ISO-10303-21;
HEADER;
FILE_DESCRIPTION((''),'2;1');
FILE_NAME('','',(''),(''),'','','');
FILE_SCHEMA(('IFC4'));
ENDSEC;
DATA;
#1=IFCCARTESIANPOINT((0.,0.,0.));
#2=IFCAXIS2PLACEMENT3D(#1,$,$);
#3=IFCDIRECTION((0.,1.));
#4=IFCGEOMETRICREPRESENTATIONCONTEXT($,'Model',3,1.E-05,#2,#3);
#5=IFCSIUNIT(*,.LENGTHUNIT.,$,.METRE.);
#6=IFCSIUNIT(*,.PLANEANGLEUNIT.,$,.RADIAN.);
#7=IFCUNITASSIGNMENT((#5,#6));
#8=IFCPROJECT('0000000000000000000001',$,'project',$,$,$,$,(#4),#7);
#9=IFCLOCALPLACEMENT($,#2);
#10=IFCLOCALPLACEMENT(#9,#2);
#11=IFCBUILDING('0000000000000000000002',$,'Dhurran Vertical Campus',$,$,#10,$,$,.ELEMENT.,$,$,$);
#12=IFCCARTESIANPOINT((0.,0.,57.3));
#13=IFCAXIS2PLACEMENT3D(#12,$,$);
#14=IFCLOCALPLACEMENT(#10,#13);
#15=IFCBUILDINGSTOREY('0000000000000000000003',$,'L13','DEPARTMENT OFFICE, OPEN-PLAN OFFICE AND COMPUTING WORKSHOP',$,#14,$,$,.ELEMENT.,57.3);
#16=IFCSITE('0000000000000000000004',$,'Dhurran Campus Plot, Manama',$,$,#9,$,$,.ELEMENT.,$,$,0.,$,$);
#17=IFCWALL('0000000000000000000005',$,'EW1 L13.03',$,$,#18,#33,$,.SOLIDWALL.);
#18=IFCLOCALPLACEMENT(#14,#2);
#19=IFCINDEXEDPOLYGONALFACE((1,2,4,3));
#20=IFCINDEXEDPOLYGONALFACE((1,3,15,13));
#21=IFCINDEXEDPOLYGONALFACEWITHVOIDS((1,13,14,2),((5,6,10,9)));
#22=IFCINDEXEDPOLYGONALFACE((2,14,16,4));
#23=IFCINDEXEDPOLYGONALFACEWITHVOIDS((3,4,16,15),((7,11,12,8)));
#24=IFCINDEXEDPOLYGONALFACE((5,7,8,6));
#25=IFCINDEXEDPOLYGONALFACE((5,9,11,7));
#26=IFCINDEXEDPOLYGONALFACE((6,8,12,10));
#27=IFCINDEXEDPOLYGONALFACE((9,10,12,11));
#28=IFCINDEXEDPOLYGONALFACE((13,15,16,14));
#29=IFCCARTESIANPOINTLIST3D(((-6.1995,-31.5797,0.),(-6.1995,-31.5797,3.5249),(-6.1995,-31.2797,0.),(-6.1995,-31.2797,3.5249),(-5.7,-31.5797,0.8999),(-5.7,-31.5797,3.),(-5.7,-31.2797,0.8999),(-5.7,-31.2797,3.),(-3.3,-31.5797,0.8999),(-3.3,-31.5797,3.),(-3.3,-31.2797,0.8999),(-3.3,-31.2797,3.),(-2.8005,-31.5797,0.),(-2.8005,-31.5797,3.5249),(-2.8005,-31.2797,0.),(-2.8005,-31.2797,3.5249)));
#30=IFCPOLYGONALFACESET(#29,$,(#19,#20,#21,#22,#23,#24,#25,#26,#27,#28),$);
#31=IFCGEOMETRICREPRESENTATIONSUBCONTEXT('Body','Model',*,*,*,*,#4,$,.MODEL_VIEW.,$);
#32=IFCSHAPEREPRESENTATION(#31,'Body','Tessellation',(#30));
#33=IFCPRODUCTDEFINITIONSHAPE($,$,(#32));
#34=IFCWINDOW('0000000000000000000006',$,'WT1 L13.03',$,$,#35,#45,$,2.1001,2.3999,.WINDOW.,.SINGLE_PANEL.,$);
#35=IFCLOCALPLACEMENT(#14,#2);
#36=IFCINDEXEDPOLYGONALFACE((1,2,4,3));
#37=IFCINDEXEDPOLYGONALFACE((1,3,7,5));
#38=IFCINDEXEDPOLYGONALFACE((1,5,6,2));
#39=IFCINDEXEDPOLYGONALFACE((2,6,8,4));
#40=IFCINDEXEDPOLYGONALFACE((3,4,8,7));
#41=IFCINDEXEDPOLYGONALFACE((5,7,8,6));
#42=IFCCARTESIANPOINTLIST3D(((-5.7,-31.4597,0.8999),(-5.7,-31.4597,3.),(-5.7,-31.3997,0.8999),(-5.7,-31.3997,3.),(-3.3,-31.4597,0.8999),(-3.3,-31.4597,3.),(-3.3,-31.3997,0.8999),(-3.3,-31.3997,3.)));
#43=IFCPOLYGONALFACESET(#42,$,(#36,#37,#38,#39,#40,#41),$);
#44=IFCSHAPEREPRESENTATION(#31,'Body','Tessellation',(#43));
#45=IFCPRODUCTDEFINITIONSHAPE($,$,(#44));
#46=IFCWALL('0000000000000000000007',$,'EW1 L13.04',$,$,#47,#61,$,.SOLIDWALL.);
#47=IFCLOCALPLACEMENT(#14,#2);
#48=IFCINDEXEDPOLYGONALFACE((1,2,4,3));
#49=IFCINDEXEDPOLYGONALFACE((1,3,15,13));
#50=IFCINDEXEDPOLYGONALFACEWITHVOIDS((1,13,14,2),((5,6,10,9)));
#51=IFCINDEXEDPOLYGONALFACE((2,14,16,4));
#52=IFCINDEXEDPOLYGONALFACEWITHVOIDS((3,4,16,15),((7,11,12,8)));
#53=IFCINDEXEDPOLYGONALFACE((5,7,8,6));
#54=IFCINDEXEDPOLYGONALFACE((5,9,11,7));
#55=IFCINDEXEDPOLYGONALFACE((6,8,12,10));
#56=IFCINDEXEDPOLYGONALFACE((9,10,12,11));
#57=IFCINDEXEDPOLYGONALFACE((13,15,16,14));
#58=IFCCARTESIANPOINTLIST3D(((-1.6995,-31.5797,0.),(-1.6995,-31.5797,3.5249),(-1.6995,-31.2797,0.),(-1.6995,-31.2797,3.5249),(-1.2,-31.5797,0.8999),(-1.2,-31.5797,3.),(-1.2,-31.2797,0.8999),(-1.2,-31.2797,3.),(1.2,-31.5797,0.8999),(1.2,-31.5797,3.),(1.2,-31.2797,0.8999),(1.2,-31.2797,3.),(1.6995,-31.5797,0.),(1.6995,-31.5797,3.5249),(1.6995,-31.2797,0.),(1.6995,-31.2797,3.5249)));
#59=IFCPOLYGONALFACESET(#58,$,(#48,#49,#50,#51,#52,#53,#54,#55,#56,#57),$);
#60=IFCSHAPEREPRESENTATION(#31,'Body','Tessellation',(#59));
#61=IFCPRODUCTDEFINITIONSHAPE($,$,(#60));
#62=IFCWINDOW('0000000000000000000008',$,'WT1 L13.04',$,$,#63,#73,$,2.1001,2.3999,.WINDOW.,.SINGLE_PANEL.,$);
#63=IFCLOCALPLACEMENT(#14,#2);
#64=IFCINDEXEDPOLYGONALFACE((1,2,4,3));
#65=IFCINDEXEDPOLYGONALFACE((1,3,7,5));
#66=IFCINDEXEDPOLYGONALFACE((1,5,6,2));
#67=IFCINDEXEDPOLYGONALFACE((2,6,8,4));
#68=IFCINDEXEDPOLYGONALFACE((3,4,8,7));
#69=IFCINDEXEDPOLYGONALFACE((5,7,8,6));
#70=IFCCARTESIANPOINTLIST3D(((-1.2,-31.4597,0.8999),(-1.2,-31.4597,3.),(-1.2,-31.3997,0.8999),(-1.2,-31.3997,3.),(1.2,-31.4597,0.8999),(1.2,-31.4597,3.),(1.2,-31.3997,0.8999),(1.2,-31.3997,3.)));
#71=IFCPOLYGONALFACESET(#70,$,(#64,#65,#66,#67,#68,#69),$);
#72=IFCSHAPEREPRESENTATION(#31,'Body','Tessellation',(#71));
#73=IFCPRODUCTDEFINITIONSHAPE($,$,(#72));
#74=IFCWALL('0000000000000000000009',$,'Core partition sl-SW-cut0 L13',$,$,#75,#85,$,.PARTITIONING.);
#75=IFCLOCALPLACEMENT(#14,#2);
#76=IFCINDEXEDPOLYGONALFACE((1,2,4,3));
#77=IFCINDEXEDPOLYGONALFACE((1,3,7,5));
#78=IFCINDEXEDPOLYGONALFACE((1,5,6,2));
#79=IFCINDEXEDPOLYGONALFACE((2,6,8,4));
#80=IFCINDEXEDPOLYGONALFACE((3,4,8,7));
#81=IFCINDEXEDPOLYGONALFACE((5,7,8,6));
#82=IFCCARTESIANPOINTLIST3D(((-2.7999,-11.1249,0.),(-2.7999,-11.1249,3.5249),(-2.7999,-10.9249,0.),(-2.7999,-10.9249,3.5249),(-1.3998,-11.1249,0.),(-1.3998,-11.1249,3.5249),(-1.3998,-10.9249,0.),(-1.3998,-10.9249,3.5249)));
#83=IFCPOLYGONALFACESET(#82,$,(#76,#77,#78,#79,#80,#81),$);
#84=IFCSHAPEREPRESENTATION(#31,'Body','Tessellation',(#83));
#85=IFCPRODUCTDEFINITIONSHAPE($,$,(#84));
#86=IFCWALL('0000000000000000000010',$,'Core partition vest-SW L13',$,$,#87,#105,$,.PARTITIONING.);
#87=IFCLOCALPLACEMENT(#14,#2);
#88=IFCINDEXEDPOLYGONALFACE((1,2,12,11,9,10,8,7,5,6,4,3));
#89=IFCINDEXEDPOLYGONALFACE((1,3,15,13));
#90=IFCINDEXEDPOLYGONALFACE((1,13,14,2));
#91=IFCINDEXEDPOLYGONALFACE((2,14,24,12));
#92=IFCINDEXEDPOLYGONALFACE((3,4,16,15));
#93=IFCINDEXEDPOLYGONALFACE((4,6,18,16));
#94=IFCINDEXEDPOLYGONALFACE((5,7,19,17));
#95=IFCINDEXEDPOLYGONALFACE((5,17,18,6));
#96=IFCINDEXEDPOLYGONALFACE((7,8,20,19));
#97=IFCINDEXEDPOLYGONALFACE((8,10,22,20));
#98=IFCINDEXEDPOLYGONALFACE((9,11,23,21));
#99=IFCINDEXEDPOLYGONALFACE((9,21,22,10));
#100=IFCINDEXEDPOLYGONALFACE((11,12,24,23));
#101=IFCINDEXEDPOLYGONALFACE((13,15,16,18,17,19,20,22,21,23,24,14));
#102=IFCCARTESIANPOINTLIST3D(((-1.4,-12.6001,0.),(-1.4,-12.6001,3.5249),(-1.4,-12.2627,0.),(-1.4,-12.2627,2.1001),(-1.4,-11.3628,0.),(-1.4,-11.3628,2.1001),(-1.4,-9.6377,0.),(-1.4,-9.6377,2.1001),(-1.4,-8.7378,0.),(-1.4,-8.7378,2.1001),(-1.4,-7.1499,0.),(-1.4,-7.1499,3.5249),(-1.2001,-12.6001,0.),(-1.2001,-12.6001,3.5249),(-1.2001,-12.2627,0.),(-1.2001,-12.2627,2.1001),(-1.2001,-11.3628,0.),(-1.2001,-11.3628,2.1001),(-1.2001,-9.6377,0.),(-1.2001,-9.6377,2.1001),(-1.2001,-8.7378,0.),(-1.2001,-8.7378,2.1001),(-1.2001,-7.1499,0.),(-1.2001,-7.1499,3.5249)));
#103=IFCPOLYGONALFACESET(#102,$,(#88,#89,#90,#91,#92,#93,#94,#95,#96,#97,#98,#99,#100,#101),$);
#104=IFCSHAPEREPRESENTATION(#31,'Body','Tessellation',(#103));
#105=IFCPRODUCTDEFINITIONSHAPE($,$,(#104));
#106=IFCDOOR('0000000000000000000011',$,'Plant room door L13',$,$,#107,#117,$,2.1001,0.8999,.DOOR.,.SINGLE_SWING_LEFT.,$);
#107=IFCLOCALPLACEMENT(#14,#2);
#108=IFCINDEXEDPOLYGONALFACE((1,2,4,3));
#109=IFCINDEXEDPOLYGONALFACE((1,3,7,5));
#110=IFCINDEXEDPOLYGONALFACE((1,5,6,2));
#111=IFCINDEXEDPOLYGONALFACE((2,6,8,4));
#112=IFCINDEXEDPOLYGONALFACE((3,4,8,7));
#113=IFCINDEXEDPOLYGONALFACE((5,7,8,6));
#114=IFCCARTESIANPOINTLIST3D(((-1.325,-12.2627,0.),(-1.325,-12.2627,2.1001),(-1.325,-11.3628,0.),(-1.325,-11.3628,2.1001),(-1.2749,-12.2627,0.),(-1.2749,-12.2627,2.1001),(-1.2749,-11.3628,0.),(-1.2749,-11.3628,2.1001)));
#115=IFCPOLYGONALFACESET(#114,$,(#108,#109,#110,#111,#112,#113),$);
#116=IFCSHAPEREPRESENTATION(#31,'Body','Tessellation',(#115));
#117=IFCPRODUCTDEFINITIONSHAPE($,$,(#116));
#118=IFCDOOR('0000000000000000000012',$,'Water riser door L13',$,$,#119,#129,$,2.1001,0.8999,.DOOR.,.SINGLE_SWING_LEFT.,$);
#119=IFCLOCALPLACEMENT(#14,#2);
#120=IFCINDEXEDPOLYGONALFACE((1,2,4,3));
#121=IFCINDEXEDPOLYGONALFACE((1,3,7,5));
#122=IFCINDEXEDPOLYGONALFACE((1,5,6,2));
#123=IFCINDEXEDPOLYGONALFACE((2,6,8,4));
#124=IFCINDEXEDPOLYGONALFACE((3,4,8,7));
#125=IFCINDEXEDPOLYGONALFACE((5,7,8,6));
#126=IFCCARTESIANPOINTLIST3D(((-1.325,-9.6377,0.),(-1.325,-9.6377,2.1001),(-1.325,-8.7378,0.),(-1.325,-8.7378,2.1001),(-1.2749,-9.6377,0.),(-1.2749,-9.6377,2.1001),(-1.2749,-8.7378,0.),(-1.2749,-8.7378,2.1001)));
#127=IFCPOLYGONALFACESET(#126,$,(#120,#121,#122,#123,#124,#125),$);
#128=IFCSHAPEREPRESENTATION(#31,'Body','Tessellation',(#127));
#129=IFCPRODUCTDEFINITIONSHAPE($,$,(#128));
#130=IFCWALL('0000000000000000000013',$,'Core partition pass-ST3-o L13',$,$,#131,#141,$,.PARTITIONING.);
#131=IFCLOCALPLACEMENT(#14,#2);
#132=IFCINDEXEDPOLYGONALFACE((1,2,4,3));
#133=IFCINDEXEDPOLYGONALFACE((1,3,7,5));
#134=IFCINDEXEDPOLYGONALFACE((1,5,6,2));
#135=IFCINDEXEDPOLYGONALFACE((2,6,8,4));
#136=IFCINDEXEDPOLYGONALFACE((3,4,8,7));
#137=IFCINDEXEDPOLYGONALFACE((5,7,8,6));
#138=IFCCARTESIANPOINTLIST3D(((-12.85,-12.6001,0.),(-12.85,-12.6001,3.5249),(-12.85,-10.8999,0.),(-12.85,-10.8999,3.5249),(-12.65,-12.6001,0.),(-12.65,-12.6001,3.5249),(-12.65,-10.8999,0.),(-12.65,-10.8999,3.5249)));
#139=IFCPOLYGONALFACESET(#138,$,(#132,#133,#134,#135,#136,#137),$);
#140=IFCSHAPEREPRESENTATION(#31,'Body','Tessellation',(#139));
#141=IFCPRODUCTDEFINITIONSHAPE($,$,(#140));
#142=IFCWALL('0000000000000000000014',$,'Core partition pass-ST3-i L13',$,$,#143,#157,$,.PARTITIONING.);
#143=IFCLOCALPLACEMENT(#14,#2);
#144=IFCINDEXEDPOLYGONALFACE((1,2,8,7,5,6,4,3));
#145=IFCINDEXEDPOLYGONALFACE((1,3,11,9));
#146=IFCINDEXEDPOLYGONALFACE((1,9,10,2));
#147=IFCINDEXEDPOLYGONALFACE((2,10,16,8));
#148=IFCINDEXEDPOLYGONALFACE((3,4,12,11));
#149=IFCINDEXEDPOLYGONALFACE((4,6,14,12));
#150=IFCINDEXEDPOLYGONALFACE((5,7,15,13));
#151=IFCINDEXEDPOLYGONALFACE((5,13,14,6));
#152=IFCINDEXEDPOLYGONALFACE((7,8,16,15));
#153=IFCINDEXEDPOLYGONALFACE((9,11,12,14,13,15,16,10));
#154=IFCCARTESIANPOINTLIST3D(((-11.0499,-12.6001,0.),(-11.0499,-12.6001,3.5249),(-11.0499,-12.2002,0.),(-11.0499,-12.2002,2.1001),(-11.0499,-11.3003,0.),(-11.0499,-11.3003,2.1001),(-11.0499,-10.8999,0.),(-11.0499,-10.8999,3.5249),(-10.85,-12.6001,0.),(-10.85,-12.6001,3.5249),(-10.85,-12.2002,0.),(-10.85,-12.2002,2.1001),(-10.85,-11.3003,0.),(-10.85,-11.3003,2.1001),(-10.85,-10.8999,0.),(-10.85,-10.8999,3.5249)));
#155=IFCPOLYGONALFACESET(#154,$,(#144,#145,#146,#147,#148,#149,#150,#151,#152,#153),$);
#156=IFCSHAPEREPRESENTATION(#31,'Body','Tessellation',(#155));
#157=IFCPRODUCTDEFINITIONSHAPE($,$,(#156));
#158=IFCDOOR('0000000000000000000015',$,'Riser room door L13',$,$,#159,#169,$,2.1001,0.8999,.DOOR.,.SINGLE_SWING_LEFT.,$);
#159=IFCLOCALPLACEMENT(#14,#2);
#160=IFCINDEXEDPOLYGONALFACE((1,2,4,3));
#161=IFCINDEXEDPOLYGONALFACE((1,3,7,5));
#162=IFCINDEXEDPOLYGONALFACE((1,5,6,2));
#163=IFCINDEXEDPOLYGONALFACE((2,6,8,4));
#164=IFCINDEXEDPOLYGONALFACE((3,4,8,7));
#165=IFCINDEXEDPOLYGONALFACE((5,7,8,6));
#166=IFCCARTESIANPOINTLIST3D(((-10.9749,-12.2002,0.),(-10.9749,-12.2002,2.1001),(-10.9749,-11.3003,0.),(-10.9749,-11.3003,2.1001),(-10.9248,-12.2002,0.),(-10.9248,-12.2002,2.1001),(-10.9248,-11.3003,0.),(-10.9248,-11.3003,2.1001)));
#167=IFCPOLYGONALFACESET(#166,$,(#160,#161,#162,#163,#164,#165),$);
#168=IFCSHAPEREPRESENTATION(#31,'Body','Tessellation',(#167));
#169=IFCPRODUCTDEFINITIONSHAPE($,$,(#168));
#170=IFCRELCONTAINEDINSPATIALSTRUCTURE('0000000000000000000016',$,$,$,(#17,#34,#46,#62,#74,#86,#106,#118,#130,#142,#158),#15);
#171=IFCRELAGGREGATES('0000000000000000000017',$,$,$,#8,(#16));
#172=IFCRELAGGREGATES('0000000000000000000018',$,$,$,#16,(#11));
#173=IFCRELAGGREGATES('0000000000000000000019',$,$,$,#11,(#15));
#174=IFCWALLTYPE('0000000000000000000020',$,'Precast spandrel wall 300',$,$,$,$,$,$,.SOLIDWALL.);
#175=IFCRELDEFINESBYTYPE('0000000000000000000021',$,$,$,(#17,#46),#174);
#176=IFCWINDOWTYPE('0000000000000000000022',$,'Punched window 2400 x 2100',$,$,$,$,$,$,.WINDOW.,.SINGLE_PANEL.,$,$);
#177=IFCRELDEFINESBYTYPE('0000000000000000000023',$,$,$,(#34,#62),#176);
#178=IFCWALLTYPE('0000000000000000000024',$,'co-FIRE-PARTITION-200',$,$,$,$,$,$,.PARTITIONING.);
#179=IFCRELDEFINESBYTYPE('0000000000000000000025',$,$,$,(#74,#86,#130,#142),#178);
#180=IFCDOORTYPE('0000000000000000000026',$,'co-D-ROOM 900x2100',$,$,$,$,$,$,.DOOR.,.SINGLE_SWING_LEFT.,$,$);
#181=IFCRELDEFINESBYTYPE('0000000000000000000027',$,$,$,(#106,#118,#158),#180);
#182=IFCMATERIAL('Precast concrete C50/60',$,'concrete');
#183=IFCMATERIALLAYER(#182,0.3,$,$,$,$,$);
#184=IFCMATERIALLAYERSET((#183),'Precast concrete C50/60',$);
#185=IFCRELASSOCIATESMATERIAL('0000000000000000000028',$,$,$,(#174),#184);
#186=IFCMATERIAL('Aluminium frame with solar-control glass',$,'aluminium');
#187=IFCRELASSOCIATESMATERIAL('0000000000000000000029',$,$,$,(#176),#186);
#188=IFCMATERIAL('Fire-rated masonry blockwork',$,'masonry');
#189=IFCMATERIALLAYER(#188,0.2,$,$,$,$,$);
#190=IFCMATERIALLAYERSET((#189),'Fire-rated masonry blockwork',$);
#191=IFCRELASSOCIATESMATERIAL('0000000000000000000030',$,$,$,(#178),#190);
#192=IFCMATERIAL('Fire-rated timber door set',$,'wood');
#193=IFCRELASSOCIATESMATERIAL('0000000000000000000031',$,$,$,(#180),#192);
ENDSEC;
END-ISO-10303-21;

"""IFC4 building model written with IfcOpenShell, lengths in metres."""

from ifc_helpers import new_model, si_unit, direction, frame, frame_2d, origin, place, context, subcontext, project, spatial, rectangle, extrude, material, layer, layer_set, type_object, element, fill, save


model = new_model("IFC4")

# Units and contexts
model_context = context("Model", 3, precision=1e-05, world=origin(), true_north=direction((0.0, 1.0)))
body_context = subcontext(model_context, "Body", "Model", "MODEL_VIEW")
ifc_project = project(units=[si_unit("LENGTHUNIT", "METRE"), si_unit("PLANEANGLEUNIT", "RADIAN")], contexts=[model_context])

# Site, building, storey
site_placement = place(None, origin())
site = spatial("IfcSite", under=ifc_project, at=site_placement, Name="Dhurran Campus Plot, Manama", CompositionType="ELEMENT", RefElevation=0.0)
building_placement = place(site_placement, origin())
building = spatial("IfcBuilding", under=site, at=building_placement, Name="Dhurran Vertical Campus", CompositionType="ELEMENT")
storey_placement = place(building_placement, frame((0.0, 0.0, 57.3)))
storey = spatial("IfcBuildingStorey", under=building, at=storey_placement, Name="L13", Description="DEPARTMENT OFFICE, OPEN-PLAN OFFICE AND COMPUTING WORKSHOP", CompositionType="ELEMENT", Elevation=57.3)

# Walls, openings, windows
ifc_material_1 = material(Name="Precast concrete C50/60", Category="concrete")
ifc_layer_1 = layer(ifc_material_1, 0.3)
ifc_layer_set_1 = layer_set([ifc_layer_1], Name="Precast concrete C50/60")
wall_type_1 = type_object("IfcWallType", Name="Precast spandrel wall 300", PredefinedType="SOLIDWALL", material=ifc_layer_set_1)
ifc_material_2 = material(Name="Aluminium frame with solar-control glass", Category="aluminium")
window_type = type_object("IfcWindowType", Name="Punched window 2400 x 2100", PartitioningType="SINGLE_PANEL", PredefinedType="WINDOW", material=ifc_material_2)
wall_1_placement = place(storey_placement, frame((-6.1995, -31.4297, 0.0), z_axis=(0.0, 0.0, 1.0), x_axis=(1.0, 0.0, 0.0)))
wall_1 = element("IfcWall", 1, at=wall_1_placement, inside=storey, type_object=wall_type_1, Name="EW1 L13.03", PredefinedType="SOLIDWALL", context=body_context, shape_type="SweptSolid", body=[
    extrude(rectangle(XDim=3.3989, YDim=0.3, at=frame_2d((1.6995, 0.0))), origin(), (0.0, 0.0, 1.0), 3.5249),
])
opening_1_placement = place(wall_1_placement, frame((0.4995, 0.0, 0.8999)))
opening_1 = element("IfcOpeningElement", 2, at=opening_1_placement, cuts=wall_1, PredefinedType="OPENING", context=body_context, shape_type="SweptSolid", body=[
    extrude(rectangle(XDim=2.3999, YDim=2.1001, at=frame_2d((1.2, 1.05))), frame((0.0, 0.1599, 0.0), z_axis=(0.0, -1.0, 0.0), x_axis=(1.0, 0.0, 0.0)), (0.0, 0.0, 1.0), 0.3201),
])
window_1_placement = place(opening_1_placement, origin())
window_1 = element("IfcWindow", 3, at=window_1_placement, inside=storey, type_object=window_type, Name="WT1 L13.03", OverallHeight=2.1001, OverallWidth=2.3999, PartitioningType="SINGLE_PANEL", PredefinedType="WINDOW", context=body_context, shape_type="SweptSolid", body=[
    extrude(rectangle(XDim=2.3999, YDim=2.1001, at=frame_2d((1.2, 1.05))), frame((0.0, 0.03, 0.0), z_axis=(0.0, -1.0, 0.0), x_axis=(1.0, 0.0, 0.0)), (0.0, 0.0, 1.0), 0.0601),
])
fill(opening_1, window_1)
wall_2_placement = place(storey_placement, frame((-1.6995, -31.4297, 0.0), z_axis=(0.0, 0.0, 1.0), x_axis=(1.0, 0.0, 0.0)))
wall_2 = element("IfcWall", 4, at=wall_2_placement, inside=storey, type_object=wall_type_1, Name="EW1 L13.04", PredefinedType="SOLIDWALL", context=body_context, shape_type="SweptSolid", body=[
    extrude(rectangle(XDim=3.3989, YDim=0.3, at=frame_2d((1.6995, 0.0))), origin(), (0.0, 0.0, 1.0), 3.5249),
])
opening_2_placement = place(wall_2_placement, frame((0.4995, 0.0, 0.8999)))
opening_2 = element("IfcOpeningElement", 5, at=opening_2_placement, cuts=wall_2, PredefinedType="OPENING", context=body_context, shape_type="SweptSolid", body=[
    extrude(rectangle(XDim=2.3999, YDim=2.1001, at=frame_2d((1.2, 1.05))), frame((0.0, 0.1599, 0.0), z_axis=(0.0, -1.0, 0.0), x_axis=(1.0, 0.0, 0.0)), (0.0, 0.0, 1.0), 0.3201),
])
window_2_placement = place(opening_2_placement, origin())
window_2 = element("IfcWindow", 6, at=window_2_placement, inside=storey, type_object=window_type, Name="WT1 L13.04", OverallHeight=2.1001, OverallWidth=2.3999, PartitioningType="SINGLE_PANEL", PredefinedType="WINDOW", context=body_context, shape_type="SweptSolid", body=[
    extrude(rectangle(XDim=2.3999, YDim=2.1001, at=frame_2d((1.2, 1.05))), frame((0.0, 0.03, 0.0), z_axis=(0.0, -1.0, 0.0), x_axis=(1.0, 0.0, 0.0)), (0.0, 0.0, 1.0), 0.0601),
])
fill(opening_2, window_2)

# Wall
ifc_material_3 = material(Name="Fire-rated masonry blockwork", Category="masonry")
ifc_layer_2 = layer(ifc_material_3, 0.2)
ifc_layer_set_2 = layer_set([ifc_layer_2], Name="Fire-rated masonry blockwork")
wall_type_2 = type_object("IfcWallType", Name="co-FIRE-PARTITION-200", PredefinedType="PARTITIONING", material=ifc_layer_set_2)
wall_3_placement = place(storey_placement, frame((-2.8, -11.0249, 0.0), z_axis=(0.0, 0.0, 1.0), x_axis=(1.0, 0.0, 0.0)))
element("IfcWall", 7, at=wall_3_placement, inside=storey, type_object=wall_type_2, Name="Core partition sl-SW-cut0 L13", PredefinedType="PARTITIONING", context=body_context, shape_type="SweptSolid", body=[
    extrude(rectangle(XDim=1.4001, YDim=0.2, at=frame_2d((0.7002, 0.0))), origin(), (0.0, 0.0, 1.0), 3.5249),
])

# Wall, openings, doors
wall_4_placement = place(storey_placement, frame((-1.3, -12.6001, 0.0), z_axis=(0.0, 0.0, 1.0), x_axis=(0.0, 1.0, 0.0)))
wall_4 = element("IfcWall", 8, at=wall_4_placement, inside=storey, type_object=wall_type_2, Name="Core partition vest-SW L13", PredefinedType="PARTITIONING", context=body_context, shape_type="SweptSolid", body=[
    extrude(rectangle(XDim=5.4502, YDim=0.2, at=frame_2d((2.7251, 0.0))), origin(), (0.0, 0.0, 1.0), 3.5249),
])
opening_3_placement = place(wall_4_placement, frame((0.3374, 0.0, 0.0)))
opening_3 = element("IfcOpeningElement", 9, at=opening_3_placement, cuts=wall_4, PredefinedType="OPENING", context=body_context, shape_type="SweptSolid", body=[
    extrude(rectangle(XDim=0.8999, YDim=2.1001, at=frame_2d((0.45, 1.05))), frame((0.0, 0.1099, 0.0), z_axis=(0.0, -1.0, 0.0), x_axis=(1.0, 0.0, 0.0)), (0.0, 0.0, 1.0), 0.22),
])
opening_4_placement = place(wall_4_placement, frame((2.9624, 0.0, 0.0)))
opening_4 = element("IfcOpeningElement", 10, at=opening_4_placement, cuts=wall_4, PredefinedType="OPENING", context=body_context, shape_type="SweptSolid", body=[
    extrude(rectangle(XDim=0.8999, YDim=2.1001, at=frame_2d((0.45, 1.05))), frame((0.0, 0.1099, 0.0), z_axis=(0.0, -1.0, 0.0), x_axis=(1.0, 0.0, 0.0)), (0.0, 0.0, 1.0), 0.22),
])
ifc_material_4 = material(Name="Fire-rated timber door set", Category="wood")
door_type_1 = type_object("IfcDoorType", Name="co-D-ROOM 900x2100", OperationType="SINGLE_SWING_LEFT", PredefinedType="DOOR", material=ifc_material_4)
door_1_placement = place(opening_3_placement, origin())
door_1 = element("IfcDoor", 11, at=door_1_placement, inside=storey, type_object=door_type_1, Name="Plant room door L13", OperationType="SINGLE_SWING_LEFT", OverallHeight=2.1001, OverallWidth=0.8999, PredefinedType="DOOR", context=body_context, shape_type="SweptSolid", body=[
    extrude(rectangle(XDim=0.8999, YDim=2.1001, at=frame_2d((0.45, 1.05))), frame((0.0, 0.0249, 0.0), z_axis=(0.0, -1.0, 0.0), x_axis=(1.0, 0.0, 0.0)), (0.0, 0.0, 1.0), 0.05),
])
fill(opening_3, door_1)
door_2_placement = place(opening_4_placement, origin())
door_2 = element("IfcDoor", 12, at=door_2_placement, inside=storey, type_object=door_type_1, Name="Water riser door L13", OperationType="SINGLE_SWING_LEFT", OverallHeight=2.1001, OverallWidth=0.8999, PredefinedType="DOOR", context=body_context, shape_type="SweptSolid", body=[
    extrude(rectangle(XDim=0.8999, YDim=2.1001, at=frame_2d((0.45, 1.05))), frame((0.0, 0.0249, 0.0), z_axis=(0.0, -1.0, 0.0), x_axis=(1.0, 0.0, 0.0)), (0.0, 0.0, 1.0), 0.05),
])
fill(opening_4, door_2)

# Wall
wall_5_placement = place(storey_placement, frame((-12.75, -12.6001, 0.0), z_axis=(0.0, 0.0, 1.0), x_axis=(0.0, 1.0, 0.0)))
element("IfcWall", 13, at=wall_5_placement, inside=storey, type_object=wall_type_2, Name="Core partition pass-ST3-o L13", PredefinedType="PARTITIONING", context=body_context, shape_type="SweptSolid", body=[
    extrude(rectangle(XDim=1.7002, YDim=0.2, at=frame_2d((0.8501, 0.0))), origin(), (0.0, 0.0, 1.0), 3.5249),
])

# Wall, opening, door
wall_6_placement = place(storey_placement, frame((-10.95, -12.6001, 0.0), z_axis=(0.0, 0.0, 1.0), x_axis=(0.0, 1.0, 0.0)))
wall_6 = element("IfcWall", 14, at=wall_6_placement, inside=storey, type_object=wall_type_2, Name="Core partition pass-ST3-i L13", PredefinedType="PARTITIONING", context=body_context, shape_type="SweptSolid", body=[
    extrude(rectangle(XDim=1.7002, YDim=0.2, at=frame_2d((0.8501, 0.0))), origin(), (0.0, 0.0, 1.0), 3.5249),
])
opening_5_placement = place(wall_6_placement, frame((0.3999, 0.0, 0.0)))
opening_5 = element("IfcOpeningElement", 15, at=opening_5_placement, cuts=wall_6, PredefinedType="OPENING", context=body_context, shape_type="SweptSolid", body=[
    extrude(rectangle(XDim=0.8999, YDim=2.1001, at=frame_2d((0.45, 1.05))), frame((0.0, 0.1099, 0.0), z_axis=(0.0, -1.0, 0.0), x_axis=(1.0, 0.0, 0.0)), (0.0, 0.0, 1.0), 0.22),
])
door_3_placement = place(opening_5_placement, origin())
door_3 = element("IfcDoor", 16, at=door_3_placement, inside=storey, type_object=door_type_1, Name="Riser room door L13", OperationType="SINGLE_SWING_LEFT", OverallHeight=2.1001, OverallWidth=0.8999, PredefinedType="DOOR", context=body_context, shape_type="SweptSolid", body=[
    extrude(rectangle(XDim=0.8999, YDim=2.1001, at=frame_2d((0.45, 1.05))), frame((0.0, 0.0249, 0.0), z_axis=(0.0, -1.0, 0.0), x_axis=(1.0, 0.0, 0.0)), (0.0, 0.0, 1.0), 0.05),
])
fill(opening_5, door_3)

save(model, "model.ifc")
